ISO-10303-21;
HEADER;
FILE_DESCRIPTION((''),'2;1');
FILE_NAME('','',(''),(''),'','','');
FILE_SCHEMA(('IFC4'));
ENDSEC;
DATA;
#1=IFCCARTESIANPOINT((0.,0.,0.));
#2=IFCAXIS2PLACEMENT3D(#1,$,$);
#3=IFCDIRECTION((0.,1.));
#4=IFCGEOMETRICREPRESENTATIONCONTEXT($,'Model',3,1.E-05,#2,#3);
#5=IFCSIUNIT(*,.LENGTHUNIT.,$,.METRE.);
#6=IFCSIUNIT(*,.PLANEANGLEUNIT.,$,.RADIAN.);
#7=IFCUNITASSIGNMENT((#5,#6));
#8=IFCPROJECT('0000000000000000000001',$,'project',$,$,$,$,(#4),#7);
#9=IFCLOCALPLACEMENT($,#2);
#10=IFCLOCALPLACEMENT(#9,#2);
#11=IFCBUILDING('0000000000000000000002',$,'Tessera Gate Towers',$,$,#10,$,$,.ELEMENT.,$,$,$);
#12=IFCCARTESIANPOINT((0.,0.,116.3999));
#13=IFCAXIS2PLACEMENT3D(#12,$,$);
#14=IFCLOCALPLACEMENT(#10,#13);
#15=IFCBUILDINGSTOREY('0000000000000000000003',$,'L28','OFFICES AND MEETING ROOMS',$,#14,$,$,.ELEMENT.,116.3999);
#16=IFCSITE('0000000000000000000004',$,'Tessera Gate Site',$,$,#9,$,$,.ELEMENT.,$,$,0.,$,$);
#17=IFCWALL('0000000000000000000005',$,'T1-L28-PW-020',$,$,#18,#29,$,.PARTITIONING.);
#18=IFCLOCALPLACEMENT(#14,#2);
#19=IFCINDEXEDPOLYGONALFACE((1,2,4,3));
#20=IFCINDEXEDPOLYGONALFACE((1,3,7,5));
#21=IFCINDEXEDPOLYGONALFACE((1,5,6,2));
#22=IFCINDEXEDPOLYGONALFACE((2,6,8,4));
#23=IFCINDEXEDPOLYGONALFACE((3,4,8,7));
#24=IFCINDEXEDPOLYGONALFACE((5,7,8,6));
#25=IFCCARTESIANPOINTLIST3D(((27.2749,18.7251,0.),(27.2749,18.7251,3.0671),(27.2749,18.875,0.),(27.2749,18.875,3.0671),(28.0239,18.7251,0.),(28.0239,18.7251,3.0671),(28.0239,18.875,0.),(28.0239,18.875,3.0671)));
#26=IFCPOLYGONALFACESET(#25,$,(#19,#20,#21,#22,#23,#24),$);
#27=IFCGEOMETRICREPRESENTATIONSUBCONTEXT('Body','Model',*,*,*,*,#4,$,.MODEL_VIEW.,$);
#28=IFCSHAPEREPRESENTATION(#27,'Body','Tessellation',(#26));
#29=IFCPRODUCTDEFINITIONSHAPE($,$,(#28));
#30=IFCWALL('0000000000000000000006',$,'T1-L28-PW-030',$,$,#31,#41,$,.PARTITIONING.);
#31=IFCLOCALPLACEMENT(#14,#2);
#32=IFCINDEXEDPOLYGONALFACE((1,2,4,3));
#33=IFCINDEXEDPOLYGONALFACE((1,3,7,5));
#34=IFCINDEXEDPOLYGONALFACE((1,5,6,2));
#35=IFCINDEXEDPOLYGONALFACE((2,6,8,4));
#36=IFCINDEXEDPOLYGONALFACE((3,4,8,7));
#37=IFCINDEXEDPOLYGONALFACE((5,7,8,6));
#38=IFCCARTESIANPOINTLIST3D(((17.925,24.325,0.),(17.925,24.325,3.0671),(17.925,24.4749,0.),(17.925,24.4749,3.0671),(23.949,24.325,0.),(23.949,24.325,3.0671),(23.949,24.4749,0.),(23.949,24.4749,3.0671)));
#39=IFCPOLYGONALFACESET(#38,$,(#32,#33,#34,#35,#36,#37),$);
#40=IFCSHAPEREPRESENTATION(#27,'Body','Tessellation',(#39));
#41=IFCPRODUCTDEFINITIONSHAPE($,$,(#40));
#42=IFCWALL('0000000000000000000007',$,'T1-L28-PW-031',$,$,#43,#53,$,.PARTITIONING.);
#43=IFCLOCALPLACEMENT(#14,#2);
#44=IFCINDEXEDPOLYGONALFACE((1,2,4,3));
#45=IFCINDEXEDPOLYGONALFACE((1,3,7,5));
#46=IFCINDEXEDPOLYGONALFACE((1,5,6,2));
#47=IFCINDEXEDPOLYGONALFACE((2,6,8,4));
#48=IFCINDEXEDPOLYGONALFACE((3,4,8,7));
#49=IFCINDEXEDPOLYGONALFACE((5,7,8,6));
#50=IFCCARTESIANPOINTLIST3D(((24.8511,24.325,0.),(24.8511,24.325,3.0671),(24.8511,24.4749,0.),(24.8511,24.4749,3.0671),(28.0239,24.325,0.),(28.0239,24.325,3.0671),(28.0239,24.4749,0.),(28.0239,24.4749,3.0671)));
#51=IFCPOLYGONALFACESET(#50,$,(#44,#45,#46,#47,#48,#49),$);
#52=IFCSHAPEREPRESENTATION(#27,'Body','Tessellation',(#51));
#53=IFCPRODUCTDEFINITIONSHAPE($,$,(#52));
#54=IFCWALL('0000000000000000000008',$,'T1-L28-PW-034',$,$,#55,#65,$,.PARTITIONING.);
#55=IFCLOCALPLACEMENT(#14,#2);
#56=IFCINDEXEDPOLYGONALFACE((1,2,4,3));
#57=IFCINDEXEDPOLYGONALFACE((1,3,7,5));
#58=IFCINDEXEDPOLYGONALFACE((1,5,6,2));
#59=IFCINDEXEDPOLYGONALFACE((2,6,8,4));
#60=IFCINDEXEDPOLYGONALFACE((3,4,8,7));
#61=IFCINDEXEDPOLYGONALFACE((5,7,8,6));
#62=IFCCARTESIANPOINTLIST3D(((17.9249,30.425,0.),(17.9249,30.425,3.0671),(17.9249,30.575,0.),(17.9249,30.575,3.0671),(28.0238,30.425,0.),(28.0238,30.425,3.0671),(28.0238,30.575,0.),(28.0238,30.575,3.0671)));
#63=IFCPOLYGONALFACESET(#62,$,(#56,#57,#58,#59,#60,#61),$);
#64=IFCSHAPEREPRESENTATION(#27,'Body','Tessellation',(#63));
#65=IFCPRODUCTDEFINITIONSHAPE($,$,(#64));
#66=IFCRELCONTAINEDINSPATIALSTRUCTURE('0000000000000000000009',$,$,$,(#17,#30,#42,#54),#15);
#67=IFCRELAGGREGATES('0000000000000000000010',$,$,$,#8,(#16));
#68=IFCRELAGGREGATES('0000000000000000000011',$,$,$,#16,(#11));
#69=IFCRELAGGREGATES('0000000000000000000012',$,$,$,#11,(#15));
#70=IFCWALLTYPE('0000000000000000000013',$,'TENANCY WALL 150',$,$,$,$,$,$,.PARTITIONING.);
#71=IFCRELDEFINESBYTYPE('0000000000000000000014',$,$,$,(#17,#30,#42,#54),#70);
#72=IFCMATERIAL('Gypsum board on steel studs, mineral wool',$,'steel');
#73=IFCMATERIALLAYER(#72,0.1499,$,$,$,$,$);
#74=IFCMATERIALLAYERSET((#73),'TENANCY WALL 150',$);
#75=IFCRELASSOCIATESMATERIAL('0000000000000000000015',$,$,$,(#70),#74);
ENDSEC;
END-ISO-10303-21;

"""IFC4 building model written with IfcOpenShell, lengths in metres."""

from ifc_helpers import new_model, si_unit, direction, frame, frame_2d, origin, place, context, subcontext, project, spatial, rectangle, extrude, material, layer, layer_set, type_object, element, save


model = new_model("IFC4")

# Units and contexts
model_context = context("Model", 3, precision=1e-05, world=origin(), true_north=direction((0.0, 1.0)))
body_context = subcontext(model_context, "Body", "Model", "MODEL_VIEW")
ifc_project = project(units=[si_unit("LENGTHUNIT", "METRE"), si_unit("PLANEANGLEUNIT", "RADIAN")], contexts=[model_context])

# Site, building, storey
site_placement = place(None, origin())
site = spatial("IfcSite", under=ifc_project, at=site_placement, Name="Tessera Gate Site", CompositionType="ELEMENT", RefElevation=0.0)
building_placement = place(site_placement, origin())
building = spatial("IfcBuilding", under=site, at=building_placement, Name="Tessera Gate Towers", CompositionType="ELEMENT")
storey_placement = place(building_placement, frame((0.0, 0.0, 116.3999)))
storey = spatial("IfcBuildingStorey", under=building, at=storey_placement, Name="L28", Description="OFFICES AND MEETING ROOMS", CompositionType="ELEMENT", Elevation=116.3999)

# Walls
ifc_material_1 = material(Name="Gypsum board on steel studs, mineral wool", Category="steel")
ifc_layer_1 = layer(ifc_material_1, 0.1499)
ifc_layer_set_1 = layer_set([ifc_layer_1], Name="TENANCY WALL 150")
wall_type_1 = type_object("IfcWallType", Name="TENANCY WALL 150", PredefinedType="PARTITIONING", material=ifc_layer_set_1)
wall_1_placement = place(storey_placement, frame((27.2749, 18.8, 0.0), z_axis=(0.0, 0.0, 1.0), x_axis=(1.0, 0.0, 0.0)))
element("IfcWall", 1, at=wall_1_placement, inside=storey, type_object=wall_type_1, Name="T1-L28-PW-020", PredefinedType="PARTITIONING", context=body_context, shape_type="SweptSolid", body=[
    extrude(rectangle(XDim=0.749, YDim=0.1499, at=frame_2d((0.3745, 0.0))), origin(), (0.0, 0.0, 1.0), 3.0671),
])
wall_2_placement = place(storey_placement, frame((17.925, 24.3999, 0.0), z_axis=(0.0, 0.0, 1.0), x_axis=(1.0, 0.0, 0.0)))
element("IfcWall", 2, at=wall_2_placement, inside=storey, type_object=wall_type_1, Name="T1-L28-PW-030", PredefinedType="PARTITIONING", context=body_context, shape_type="SweptSolid", body=[
    extrude(rectangle(XDim=6.0239, YDim=0.1499, at=frame_2d((3.012, 0.0))), origin(), (0.0, 0.0, 1.0), 3.0671),
])
wall_3_placement = place(storey_placement, frame((24.8511, 24.3999, 0.0), z_axis=(0.0, 0.0, 1.0), x_axis=(1.0, 0.0, 0.0)))
element("IfcWall", 3, at=wall_3_placement, inside=storey, type_object=wall_type_1, Name="T1-L28-PW-031", PredefinedType="PARTITIONING", context=body_context, shape_type="SweptSolid", body=[
    extrude(rectangle(XDim=3.1729, YDim=0.1499, at=frame_2d((1.5864, 0.0))), origin(), (0.0, 0.0, 1.0), 3.0671),
])
wall_4_placement = place(storey_placement, frame((17.925, 30.5, 0.0), z_axis=(0.0, 0.0, 1.0), x_axis=(1.0, 0.0, 0.0)))
element("IfcWall", 4, at=wall_4_placement, inside=storey, type_object=wall_type_1, Name="T1-L28-PW-034", PredefinedType="PARTITIONING", context=body_context, shape_type="SweptSolid", body=[
    extrude(rectangle(XDim=10.0989, YDim=0.1499, at=frame_2d((5.0493, 0.0))), origin(), (0.0, 0.0, 1.0), 3.0671),
])

save(model, "model.ifc")
